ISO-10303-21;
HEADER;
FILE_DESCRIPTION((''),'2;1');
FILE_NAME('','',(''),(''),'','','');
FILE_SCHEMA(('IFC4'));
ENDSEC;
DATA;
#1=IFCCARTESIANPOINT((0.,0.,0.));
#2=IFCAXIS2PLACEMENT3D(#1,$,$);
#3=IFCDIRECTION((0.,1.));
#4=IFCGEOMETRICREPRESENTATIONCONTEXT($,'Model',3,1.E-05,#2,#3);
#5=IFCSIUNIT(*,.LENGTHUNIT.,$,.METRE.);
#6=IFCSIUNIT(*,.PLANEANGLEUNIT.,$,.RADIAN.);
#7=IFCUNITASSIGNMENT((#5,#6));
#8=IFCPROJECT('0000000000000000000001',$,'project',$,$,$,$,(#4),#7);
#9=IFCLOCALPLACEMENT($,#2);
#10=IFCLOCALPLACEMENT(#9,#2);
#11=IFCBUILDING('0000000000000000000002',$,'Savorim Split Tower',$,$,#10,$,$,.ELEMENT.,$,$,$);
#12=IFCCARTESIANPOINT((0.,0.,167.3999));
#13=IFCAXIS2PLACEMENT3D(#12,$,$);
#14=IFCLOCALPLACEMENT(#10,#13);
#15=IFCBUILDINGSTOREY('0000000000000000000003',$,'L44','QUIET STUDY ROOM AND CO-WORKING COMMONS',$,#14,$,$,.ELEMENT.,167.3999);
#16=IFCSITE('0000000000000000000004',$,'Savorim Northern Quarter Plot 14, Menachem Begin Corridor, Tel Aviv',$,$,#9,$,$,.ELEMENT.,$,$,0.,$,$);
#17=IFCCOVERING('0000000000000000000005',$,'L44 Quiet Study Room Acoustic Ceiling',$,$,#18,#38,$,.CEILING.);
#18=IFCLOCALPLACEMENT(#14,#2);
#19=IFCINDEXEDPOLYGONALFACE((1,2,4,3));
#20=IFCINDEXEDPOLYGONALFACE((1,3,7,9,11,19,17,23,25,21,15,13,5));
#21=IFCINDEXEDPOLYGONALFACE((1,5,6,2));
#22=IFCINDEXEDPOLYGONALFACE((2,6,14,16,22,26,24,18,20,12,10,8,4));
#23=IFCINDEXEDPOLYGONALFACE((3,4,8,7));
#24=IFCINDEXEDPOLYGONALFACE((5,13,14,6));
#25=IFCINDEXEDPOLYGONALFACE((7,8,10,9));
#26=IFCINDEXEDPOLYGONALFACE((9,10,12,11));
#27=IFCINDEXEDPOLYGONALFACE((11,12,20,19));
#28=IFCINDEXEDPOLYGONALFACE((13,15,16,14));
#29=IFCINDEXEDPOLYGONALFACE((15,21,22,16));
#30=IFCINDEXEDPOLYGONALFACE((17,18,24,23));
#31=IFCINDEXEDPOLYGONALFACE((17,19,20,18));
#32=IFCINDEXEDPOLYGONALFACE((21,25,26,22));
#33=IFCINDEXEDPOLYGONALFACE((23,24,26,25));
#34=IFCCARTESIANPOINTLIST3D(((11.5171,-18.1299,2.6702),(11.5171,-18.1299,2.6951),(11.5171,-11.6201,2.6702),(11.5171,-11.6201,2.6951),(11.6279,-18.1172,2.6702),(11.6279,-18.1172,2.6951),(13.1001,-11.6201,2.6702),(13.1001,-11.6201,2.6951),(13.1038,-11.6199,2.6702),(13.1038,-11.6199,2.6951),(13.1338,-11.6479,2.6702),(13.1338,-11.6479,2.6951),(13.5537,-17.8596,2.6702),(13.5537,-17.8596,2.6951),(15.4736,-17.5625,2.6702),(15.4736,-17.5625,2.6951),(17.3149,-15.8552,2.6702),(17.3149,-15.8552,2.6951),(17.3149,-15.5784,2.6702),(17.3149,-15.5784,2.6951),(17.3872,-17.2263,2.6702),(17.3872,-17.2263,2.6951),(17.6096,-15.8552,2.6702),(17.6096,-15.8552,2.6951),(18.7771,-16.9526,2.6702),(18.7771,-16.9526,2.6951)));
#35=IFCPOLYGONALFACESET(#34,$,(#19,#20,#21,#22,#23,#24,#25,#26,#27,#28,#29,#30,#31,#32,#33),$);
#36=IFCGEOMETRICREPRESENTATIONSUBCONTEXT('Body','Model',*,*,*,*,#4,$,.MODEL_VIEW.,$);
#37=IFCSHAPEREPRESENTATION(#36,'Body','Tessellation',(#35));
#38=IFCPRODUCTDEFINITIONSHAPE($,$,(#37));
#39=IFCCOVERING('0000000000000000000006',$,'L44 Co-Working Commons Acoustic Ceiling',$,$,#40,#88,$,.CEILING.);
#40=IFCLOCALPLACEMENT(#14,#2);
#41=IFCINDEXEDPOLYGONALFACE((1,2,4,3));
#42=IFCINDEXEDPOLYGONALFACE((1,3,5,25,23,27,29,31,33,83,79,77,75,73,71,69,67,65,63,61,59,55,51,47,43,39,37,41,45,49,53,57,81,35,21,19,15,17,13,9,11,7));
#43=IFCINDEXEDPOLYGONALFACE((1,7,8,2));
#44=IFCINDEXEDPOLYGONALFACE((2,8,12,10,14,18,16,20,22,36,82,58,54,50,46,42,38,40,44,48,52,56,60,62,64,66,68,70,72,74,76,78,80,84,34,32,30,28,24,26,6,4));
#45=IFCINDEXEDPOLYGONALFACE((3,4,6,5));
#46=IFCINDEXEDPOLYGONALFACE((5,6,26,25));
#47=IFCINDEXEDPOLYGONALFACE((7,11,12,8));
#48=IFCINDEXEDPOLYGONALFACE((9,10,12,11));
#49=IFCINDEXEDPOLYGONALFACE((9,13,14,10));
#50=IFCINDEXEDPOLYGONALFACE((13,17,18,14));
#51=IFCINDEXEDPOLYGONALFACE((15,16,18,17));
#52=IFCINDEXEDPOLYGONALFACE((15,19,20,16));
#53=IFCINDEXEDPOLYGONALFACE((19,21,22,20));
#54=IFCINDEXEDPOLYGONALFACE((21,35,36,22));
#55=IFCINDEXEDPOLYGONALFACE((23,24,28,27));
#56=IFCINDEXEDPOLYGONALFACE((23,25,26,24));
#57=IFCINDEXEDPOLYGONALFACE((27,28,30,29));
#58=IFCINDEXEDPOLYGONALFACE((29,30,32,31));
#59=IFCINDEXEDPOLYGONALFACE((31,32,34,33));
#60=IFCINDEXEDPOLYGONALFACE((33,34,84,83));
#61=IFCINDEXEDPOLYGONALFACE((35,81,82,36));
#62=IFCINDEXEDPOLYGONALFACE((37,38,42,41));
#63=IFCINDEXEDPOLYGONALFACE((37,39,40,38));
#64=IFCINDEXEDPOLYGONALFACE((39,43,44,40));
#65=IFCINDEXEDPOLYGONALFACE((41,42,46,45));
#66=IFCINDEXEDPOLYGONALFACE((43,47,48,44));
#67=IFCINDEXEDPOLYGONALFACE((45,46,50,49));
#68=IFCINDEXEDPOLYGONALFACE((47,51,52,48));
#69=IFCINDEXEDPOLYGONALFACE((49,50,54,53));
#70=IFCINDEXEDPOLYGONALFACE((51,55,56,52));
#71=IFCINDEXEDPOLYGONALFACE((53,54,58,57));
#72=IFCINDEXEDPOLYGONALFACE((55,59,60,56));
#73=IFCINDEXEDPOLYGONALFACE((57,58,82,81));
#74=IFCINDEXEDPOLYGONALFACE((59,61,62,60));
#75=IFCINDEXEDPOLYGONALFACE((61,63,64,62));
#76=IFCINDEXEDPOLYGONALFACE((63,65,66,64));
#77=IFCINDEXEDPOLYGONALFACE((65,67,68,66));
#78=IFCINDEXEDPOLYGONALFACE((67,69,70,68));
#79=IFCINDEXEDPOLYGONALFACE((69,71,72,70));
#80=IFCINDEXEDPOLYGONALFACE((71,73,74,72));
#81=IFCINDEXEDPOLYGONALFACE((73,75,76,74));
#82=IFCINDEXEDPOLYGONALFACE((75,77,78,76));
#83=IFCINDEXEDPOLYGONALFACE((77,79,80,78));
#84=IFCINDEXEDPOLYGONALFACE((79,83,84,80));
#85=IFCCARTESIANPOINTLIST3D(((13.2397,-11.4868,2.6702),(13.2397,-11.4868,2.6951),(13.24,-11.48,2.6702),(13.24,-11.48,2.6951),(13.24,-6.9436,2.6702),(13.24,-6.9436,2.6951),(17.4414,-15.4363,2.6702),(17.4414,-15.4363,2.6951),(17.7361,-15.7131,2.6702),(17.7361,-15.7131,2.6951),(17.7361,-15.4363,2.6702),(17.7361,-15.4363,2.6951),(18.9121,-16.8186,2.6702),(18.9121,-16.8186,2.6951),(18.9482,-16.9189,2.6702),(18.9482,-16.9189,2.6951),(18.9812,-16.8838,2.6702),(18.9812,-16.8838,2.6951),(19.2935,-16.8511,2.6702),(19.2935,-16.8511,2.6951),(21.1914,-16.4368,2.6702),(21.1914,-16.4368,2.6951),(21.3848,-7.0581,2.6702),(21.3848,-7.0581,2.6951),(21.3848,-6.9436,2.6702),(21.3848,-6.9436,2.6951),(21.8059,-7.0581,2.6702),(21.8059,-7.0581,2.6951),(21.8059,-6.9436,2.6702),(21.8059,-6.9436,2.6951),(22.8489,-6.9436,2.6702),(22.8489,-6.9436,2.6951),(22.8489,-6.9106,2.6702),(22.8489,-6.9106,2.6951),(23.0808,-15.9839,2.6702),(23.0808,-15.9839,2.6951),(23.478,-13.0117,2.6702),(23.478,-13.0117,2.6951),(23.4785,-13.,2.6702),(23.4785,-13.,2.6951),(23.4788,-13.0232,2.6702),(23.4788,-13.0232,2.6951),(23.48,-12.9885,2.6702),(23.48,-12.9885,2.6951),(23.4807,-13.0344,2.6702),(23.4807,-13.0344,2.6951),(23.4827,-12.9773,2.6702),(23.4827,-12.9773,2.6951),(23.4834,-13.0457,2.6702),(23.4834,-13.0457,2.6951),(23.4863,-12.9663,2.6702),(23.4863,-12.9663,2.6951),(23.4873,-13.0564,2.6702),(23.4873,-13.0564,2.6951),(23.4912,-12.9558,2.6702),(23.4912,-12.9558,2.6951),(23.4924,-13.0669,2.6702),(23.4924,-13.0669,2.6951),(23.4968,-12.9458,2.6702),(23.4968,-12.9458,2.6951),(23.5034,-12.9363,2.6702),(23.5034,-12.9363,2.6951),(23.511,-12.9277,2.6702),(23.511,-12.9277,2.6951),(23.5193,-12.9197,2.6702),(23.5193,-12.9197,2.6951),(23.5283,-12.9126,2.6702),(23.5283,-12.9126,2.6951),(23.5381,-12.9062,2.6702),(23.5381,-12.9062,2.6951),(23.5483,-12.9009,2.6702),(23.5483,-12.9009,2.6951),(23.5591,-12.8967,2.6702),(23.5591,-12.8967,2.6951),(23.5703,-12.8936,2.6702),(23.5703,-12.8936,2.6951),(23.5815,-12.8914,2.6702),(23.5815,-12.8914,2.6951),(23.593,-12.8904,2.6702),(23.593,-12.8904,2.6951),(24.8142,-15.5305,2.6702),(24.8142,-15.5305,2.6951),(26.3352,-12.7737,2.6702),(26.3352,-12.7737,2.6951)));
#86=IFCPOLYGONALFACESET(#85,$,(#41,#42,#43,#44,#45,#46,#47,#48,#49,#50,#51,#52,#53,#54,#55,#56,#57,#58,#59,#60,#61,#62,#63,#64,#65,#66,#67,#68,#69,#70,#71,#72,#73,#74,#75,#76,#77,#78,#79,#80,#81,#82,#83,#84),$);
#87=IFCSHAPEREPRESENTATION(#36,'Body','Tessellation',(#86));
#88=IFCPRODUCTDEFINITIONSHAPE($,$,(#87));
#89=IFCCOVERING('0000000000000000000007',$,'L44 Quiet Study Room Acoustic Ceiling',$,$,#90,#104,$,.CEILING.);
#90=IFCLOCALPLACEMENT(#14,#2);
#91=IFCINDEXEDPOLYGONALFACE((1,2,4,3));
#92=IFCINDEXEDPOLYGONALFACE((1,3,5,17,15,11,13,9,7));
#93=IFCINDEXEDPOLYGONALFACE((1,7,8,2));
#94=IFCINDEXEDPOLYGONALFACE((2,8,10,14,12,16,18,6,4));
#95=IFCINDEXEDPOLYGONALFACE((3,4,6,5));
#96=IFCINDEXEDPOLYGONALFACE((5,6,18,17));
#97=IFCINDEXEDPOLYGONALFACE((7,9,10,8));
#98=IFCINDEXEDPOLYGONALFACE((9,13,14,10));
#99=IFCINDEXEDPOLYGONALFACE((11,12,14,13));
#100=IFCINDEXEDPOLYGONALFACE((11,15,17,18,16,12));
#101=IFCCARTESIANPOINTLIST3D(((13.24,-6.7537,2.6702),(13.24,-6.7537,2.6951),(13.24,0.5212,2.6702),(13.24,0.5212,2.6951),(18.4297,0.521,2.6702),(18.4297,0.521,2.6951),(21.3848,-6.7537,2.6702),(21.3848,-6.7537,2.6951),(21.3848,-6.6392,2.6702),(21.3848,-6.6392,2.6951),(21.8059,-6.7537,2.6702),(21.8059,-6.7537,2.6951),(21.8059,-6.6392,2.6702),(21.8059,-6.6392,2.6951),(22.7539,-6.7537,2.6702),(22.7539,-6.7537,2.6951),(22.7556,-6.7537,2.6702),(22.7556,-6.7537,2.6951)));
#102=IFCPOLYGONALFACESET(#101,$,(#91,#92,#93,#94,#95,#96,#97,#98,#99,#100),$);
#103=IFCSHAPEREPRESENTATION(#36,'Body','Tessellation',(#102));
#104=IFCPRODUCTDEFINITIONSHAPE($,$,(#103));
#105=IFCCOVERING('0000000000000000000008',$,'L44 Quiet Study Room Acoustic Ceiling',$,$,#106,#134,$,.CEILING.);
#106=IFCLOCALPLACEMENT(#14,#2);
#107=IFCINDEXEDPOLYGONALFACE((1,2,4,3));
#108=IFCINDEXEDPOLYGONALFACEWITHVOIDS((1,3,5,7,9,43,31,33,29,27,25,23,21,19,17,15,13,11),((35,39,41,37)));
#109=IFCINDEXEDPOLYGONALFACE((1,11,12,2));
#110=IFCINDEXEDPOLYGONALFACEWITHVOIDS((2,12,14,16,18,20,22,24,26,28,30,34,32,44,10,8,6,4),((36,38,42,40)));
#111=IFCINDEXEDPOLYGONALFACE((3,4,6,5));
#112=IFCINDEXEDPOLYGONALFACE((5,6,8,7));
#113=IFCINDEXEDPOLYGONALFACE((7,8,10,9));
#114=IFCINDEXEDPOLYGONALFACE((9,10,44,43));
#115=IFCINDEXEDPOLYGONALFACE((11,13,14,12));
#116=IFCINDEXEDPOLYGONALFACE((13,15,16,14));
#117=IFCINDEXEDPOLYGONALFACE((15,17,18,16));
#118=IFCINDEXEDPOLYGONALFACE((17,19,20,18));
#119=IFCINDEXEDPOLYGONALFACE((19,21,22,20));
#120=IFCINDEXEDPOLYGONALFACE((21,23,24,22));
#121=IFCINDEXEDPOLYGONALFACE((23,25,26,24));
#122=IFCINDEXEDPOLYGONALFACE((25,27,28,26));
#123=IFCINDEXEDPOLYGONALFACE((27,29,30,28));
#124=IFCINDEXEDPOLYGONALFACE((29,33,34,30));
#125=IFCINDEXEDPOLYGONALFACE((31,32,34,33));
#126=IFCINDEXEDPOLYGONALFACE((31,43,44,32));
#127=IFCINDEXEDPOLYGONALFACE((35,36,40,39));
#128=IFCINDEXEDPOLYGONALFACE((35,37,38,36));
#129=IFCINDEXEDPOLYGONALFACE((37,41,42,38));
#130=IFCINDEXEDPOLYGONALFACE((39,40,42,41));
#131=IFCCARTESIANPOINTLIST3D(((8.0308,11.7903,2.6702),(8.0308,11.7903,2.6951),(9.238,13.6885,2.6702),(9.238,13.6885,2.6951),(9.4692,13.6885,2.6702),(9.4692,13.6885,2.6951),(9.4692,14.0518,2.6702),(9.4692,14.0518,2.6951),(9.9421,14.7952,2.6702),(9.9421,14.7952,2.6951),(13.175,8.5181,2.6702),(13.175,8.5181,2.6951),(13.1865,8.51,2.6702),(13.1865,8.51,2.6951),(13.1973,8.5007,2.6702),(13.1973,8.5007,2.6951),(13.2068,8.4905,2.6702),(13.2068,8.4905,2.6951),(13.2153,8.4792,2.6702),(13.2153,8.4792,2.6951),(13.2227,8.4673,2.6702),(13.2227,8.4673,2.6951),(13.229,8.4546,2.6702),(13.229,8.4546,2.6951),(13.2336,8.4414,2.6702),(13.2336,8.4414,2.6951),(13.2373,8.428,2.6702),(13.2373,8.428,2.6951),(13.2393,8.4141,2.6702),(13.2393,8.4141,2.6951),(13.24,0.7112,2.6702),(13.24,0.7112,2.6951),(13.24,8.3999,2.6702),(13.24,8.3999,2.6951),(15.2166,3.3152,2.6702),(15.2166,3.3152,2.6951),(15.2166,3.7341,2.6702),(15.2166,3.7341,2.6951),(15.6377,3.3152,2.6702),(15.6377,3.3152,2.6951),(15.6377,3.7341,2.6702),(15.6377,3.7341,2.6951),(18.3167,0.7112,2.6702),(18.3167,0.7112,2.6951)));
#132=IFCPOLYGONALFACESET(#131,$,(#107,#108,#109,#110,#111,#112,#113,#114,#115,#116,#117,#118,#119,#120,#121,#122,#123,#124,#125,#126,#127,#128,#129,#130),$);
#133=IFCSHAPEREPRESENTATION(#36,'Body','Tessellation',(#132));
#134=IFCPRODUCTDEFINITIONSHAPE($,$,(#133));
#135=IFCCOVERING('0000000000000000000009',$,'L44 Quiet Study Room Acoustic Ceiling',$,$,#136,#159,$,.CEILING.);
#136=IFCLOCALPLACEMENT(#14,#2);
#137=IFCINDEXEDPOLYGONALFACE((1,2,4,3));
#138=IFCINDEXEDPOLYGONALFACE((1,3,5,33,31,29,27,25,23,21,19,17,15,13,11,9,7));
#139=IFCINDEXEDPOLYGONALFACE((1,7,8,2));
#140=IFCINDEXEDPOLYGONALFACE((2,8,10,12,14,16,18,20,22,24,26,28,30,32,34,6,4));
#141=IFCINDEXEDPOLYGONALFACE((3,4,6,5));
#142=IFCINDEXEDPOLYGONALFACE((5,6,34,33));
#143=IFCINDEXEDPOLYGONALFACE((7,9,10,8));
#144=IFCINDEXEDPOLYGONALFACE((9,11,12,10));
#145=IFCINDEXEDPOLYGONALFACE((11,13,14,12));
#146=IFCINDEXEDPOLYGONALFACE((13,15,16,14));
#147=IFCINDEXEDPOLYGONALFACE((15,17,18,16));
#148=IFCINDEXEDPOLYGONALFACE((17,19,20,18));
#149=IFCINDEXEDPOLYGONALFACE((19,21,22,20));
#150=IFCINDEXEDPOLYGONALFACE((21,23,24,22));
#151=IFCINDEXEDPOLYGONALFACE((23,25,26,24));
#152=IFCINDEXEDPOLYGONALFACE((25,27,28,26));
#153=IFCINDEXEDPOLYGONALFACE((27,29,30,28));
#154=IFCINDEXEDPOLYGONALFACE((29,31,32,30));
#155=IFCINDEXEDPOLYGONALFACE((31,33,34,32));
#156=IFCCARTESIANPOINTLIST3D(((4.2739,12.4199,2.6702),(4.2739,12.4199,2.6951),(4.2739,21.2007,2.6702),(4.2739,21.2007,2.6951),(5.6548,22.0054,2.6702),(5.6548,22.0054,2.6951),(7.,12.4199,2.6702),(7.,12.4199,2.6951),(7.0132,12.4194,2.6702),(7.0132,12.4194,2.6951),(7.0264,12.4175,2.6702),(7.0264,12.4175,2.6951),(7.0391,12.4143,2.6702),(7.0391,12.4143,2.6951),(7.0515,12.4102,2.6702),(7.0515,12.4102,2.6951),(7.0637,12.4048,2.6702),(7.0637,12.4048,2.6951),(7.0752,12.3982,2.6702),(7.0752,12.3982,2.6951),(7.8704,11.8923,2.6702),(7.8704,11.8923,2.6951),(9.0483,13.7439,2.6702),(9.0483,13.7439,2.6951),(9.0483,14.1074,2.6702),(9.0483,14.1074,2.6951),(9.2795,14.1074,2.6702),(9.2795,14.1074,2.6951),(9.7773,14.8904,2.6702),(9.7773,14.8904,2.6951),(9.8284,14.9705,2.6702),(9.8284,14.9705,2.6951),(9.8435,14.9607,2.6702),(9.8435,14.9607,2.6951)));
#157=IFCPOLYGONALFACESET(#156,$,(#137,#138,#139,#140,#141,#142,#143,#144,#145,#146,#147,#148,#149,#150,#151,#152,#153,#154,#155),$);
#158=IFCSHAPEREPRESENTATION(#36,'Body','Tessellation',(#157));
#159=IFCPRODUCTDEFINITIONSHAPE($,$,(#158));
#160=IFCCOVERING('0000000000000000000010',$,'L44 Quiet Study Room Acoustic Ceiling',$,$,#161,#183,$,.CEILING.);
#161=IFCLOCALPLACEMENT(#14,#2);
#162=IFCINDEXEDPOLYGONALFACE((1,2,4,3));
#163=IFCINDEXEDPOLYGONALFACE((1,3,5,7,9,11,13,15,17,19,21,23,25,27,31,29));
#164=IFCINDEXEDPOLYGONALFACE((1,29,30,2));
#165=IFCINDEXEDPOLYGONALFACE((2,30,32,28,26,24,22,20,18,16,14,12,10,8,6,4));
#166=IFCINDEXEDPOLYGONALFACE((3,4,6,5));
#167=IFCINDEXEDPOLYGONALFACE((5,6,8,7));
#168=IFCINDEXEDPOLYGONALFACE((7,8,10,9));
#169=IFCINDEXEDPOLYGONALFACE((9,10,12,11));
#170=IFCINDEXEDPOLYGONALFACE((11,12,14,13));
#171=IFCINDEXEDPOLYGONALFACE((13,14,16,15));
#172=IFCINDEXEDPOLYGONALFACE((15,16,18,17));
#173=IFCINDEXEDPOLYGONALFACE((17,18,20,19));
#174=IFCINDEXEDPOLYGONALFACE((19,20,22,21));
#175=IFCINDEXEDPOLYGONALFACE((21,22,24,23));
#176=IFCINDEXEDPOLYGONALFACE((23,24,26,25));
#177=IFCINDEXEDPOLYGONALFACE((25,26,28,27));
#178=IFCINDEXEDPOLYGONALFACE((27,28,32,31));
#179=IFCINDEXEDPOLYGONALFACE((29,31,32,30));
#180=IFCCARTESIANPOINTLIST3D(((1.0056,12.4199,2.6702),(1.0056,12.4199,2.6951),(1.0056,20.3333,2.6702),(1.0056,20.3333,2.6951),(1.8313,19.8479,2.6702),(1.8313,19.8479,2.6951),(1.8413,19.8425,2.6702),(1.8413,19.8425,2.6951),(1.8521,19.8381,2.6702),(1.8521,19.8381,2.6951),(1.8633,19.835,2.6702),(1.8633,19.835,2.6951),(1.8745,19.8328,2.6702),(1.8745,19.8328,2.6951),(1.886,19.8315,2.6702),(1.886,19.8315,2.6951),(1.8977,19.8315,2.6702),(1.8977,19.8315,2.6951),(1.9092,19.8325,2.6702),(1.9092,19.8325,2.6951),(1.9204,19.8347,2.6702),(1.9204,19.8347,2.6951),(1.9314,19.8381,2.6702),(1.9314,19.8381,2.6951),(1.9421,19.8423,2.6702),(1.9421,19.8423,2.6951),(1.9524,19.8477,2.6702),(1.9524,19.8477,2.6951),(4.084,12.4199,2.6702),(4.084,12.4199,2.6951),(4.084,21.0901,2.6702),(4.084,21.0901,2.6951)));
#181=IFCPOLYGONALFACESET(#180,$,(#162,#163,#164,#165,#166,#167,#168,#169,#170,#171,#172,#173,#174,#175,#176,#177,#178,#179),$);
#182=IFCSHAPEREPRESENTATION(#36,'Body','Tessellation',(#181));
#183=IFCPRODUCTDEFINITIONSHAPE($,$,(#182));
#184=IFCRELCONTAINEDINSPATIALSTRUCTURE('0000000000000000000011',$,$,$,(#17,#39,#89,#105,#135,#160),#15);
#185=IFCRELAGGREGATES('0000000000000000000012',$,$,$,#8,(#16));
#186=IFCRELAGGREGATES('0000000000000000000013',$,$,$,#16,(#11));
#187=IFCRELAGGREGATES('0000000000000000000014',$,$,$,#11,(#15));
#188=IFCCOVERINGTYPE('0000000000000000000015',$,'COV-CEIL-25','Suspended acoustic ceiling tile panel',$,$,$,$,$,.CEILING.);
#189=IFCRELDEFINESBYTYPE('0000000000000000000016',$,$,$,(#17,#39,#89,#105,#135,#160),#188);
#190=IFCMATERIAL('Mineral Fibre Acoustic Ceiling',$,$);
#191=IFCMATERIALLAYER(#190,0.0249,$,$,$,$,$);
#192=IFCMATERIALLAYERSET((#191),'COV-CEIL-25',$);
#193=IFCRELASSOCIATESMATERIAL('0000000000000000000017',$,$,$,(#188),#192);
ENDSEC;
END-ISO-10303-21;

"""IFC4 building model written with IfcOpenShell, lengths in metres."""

from ifc_helpers import new_model, si_unit, direction, frame, origin, place, context, subcontext, project, spatial, polyline, outline, extrude, material, layer, layer_set, type_object, element, save


model = new_model("IFC4")

# Units and contexts
model_context = context("Model", 3, precision=1e-05, world=origin(), true_north=direction((0.0, 1.0)))
body_context = subcontext(model_context, "Body", "Model", "MODEL_VIEW")
ifc_project = project(units=[si_unit("LENGTHUNIT", "METRE"), si_unit("PLANEANGLEUNIT", "RADIAN")], contexts=[model_context])

# Site, building, storey
site_placement = place(None, origin())
site = spatial("IfcSite", under=ifc_project, at=site_placement, Name="Savorim Northern Quarter Plot 14, Menachem Begin Corridor, Tel Aviv", CompositionType="ELEMENT", RefElevation=0.0)
building_placement = place(site_placement, origin())
building = spatial("IfcBuilding", under=site, at=building_placement, Name="Savorim Split Tower", CompositionType="ELEMENT")
storey_placement = place(building_placement, frame((0.0, 0.0, 167.3999)))
storey = spatial("IfcBuildingStorey", under=building, at=storey_placement, Name="L44", Description="QUIET STUDY ROOM AND CO-WORKING COMMONS", CompositionType="ELEMENT", Elevation=167.3999)

# Coverings
ifc_material_1 = material(Name="Mineral Fibre Acoustic Ceiling")
ifc_layer_1 = layer(ifc_material_1, 0.0249)
ifc_layer_set_1 = layer_set([ifc_layer_1], Name="COV-CEIL-25")
covering_type_1 = type_object("IfcCoveringType", Name="COV-CEIL-25", Description="Suspended acoustic ceiling tile panel", PredefinedType="CEILING", material=ifc_layer_set_1)
covering_1_placement = place(storey_placement, frame((0.0, 0.0, 2.6702)))
element("IfcCovering", 1, at=covering_1_placement, inside=storey, type_object=covering_type_1, Name="L44 Quiet Study Room Acoustic Ceiling", PredefinedType="CEILING", context=body_context, shape_type="SweptSolid", body=[
    extrude(outline(polyline([(11.6279, -18.1172), (13.5537, -17.8596), (15.4736, -17.5625), (17.3872, -17.2263), (18.7771, -16.9526), (17.6096, -15.8552), (17.3149, -15.8552), (17.3149, -15.5784), (13.1338, -11.6479), (13.1038, -11.6199), (13.1001, -11.6201), (11.5171, -11.6201), (11.5171, -18.1299), (11.6279, -18.1172)])), origin(), (0.0, 0.0, 1.0), 0.0249),
])
covering_2_placement = place(storey_placement, frame((0.0, 0.0, 2.6702)))
element("IfcCovering", 2, at=covering_2_placement, inside=storey, type_object=covering_type_1, Name="L44 Co-Working Commons Acoustic Ceiling", PredefinedType="CEILING", context=body_context, shape_type="SweptSolid", body=[
    extrude(outline(polyline([(23.5703, -12.8936), (23.5815, -12.8914), (23.593, -12.8904), (26.3352, -12.7737), (22.8489, -6.9106), (22.8489, -6.9436), (21.8059, -6.9436), (21.8059, -7.0581), (21.3848, -7.0581), (21.3848, -6.9436), (13.24, -6.9436), (13.24, -11.48), (13.2397, -11.4868), (17.4414, -15.4363), (17.7361, -15.4363), (17.7361, -15.7131), (18.9121, -16.8186), (18.9812, -16.8838), (18.9482, -16.9189), (19.2935, -16.8511), (21.1914, -16.4368), (23.0808, -15.9839), (24.8142, -15.5305), (23.4924, -13.0669), (23.4873, -13.0564), (23.4834, -13.0457), (23.4807, -13.0344), (23.4788, -13.0232), (23.478, -13.0117), (23.4785, -13.0), (23.48, -12.9885), (23.4827, -12.9773), (23.4863, -12.9663), (23.4912, -12.9558), (23.4968, -12.9458), (23.5034, -12.9363), (23.511, -12.9277), (23.5193, -12.9197), (23.5283, -12.9126), (23.5381, -12.9062), (23.5483, -12.9009), (23.5591, -12.8967), (23.5703, -12.8936)])), origin(), (0.0, 0.0, 1.0), 0.0249),
])
covering_3_placement = place(storey_placement, frame((0.0, 0.0, 2.6702)))
element("IfcCovering", 3, at=covering_3_placement, inside=storey, type_object=covering_type_1, Name="L44 Quiet Study Room Acoustic Ceiling", PredefinedType="CEILING", context=body_context, shape_type="SweptSolid", body=[
    extrude(outline(polyline([(21.8059, -6.6392), (21.8059, -6.7537), (22.7539, -6.7537), (22.7556, -6.7537), (18.4297, 0.521), (13.24, 0.5212), (13.24, -6.7537), (21.3848, -6.7537), (21.3848, -6.6392), (21.8059, -6.6392)])), origin(), (0.0, 0.0, 1.0), 0.0249),
])
covering_4_placement = place(storey_placement, frame((0.0, 0.0, 2.6702)))
element("IfcCovering", 4, at=covering_4_placement, inside=storey, type_object=covering_type_1, Name="L44 Quiet Study Room Acoustic Ceiling", PredefinedType="CEILING", context=body_context, shape_type="SweptSolid", body=[
    extrude(outline(polyline([(13.2373, 8.428), (13.2393, 8.4141), (13.24, 8.3999), (13.24, 0.7112), (18.3167, 0.7112), (9.9421, 14.7952), (9.4692, 14.0518), (9.4692, 13.6885), (9.238, 13.6885), (8.0308, 11.7903), (8.0308, 11.7903), (13.175, 8.5181), (13.1865, 8.51), (13.1973, 8.5007), (13.2068, 8.4905), (13.2153, 8.4792), (13.2227, 8.4673), (13.229, 8.4546), (13.2336, 8.4414), (13.2373, 8.428)]), holes=[polyline([(15.6377, 3.3152), (15.6377, 3.7341), (15.2166, 3.7341), (15.2166, 3.3152), (15.6377, 3.3152)])]), origin(), (0.0, 0.0, 1.0), 0.0249),
])
covering_5_placement = place(storey_placement, frame((0.0, 0.0, 2.6702)))
element("IfcCovering", 5, at=covering_5_placement, inside=storey, type_object=covering_type_1, Name="L44 Quiet Study Room Acoustic Ceiling", PredefinedType="CEILING", context=body_context, shape_type="SweptSolid", body=[
    extrude(outline(polyline([(9.8284, 14.9705), (9.8435, 14.9607), (5.6548, 22.0054), (4.2739, 21.2007), (4.2739, 12.4199), (7.0, 12.4199), (7.0132, 12.4194), (7.0264, 12.4175), (7.0391, 12.4143), (7.0515, 12.4102), (7.0637, 12.4048), (7.0752, 12.3982), (7.8704, 11.8923), (9.0483, 13.7439), (9.0483, 14.1074), (9.2795, 14.1074), (9.7773, 14.8904), (9.8284, 14.9705)])), origin(), (0.0, 0.0, 1.0), 0.0249),
])
covering_6_placement = place(storey_placement, frame((0.0, 0.0, 2.6702)))
element("IfcCovering", 6, at=covering_6_placement, inside=storey, type_object=covering_type_1, Name="L44 Quiet Study Room Acoustic Ceiling", PredefinedType="CEILING", context=body_context, shape_type="SweptSolid", body=[
    extrude(outline(polyline([(1.8521, 19.8381), (1.8413, 19.8425), (1.8313, 19.8479), (1.0056, 20.3333), (1.0056, 12.4199), (4.084, 12.4199), (4.084, 21.0901), (1.9524, 19.8477), (1.9421, 19.8423), (1.9314, 19.8381), (1.9204, 19.8347), (1.9092, 19.8325), (1.8977, 19.8315), (1.886, 19.8315), (1.8745, 19.8328), (1.8633, 19.835), (1.8521, 19.8381)])), origin(), (0.0, 0.0, 1.0), 0.0249),
])

save(model, "model.ifc")
